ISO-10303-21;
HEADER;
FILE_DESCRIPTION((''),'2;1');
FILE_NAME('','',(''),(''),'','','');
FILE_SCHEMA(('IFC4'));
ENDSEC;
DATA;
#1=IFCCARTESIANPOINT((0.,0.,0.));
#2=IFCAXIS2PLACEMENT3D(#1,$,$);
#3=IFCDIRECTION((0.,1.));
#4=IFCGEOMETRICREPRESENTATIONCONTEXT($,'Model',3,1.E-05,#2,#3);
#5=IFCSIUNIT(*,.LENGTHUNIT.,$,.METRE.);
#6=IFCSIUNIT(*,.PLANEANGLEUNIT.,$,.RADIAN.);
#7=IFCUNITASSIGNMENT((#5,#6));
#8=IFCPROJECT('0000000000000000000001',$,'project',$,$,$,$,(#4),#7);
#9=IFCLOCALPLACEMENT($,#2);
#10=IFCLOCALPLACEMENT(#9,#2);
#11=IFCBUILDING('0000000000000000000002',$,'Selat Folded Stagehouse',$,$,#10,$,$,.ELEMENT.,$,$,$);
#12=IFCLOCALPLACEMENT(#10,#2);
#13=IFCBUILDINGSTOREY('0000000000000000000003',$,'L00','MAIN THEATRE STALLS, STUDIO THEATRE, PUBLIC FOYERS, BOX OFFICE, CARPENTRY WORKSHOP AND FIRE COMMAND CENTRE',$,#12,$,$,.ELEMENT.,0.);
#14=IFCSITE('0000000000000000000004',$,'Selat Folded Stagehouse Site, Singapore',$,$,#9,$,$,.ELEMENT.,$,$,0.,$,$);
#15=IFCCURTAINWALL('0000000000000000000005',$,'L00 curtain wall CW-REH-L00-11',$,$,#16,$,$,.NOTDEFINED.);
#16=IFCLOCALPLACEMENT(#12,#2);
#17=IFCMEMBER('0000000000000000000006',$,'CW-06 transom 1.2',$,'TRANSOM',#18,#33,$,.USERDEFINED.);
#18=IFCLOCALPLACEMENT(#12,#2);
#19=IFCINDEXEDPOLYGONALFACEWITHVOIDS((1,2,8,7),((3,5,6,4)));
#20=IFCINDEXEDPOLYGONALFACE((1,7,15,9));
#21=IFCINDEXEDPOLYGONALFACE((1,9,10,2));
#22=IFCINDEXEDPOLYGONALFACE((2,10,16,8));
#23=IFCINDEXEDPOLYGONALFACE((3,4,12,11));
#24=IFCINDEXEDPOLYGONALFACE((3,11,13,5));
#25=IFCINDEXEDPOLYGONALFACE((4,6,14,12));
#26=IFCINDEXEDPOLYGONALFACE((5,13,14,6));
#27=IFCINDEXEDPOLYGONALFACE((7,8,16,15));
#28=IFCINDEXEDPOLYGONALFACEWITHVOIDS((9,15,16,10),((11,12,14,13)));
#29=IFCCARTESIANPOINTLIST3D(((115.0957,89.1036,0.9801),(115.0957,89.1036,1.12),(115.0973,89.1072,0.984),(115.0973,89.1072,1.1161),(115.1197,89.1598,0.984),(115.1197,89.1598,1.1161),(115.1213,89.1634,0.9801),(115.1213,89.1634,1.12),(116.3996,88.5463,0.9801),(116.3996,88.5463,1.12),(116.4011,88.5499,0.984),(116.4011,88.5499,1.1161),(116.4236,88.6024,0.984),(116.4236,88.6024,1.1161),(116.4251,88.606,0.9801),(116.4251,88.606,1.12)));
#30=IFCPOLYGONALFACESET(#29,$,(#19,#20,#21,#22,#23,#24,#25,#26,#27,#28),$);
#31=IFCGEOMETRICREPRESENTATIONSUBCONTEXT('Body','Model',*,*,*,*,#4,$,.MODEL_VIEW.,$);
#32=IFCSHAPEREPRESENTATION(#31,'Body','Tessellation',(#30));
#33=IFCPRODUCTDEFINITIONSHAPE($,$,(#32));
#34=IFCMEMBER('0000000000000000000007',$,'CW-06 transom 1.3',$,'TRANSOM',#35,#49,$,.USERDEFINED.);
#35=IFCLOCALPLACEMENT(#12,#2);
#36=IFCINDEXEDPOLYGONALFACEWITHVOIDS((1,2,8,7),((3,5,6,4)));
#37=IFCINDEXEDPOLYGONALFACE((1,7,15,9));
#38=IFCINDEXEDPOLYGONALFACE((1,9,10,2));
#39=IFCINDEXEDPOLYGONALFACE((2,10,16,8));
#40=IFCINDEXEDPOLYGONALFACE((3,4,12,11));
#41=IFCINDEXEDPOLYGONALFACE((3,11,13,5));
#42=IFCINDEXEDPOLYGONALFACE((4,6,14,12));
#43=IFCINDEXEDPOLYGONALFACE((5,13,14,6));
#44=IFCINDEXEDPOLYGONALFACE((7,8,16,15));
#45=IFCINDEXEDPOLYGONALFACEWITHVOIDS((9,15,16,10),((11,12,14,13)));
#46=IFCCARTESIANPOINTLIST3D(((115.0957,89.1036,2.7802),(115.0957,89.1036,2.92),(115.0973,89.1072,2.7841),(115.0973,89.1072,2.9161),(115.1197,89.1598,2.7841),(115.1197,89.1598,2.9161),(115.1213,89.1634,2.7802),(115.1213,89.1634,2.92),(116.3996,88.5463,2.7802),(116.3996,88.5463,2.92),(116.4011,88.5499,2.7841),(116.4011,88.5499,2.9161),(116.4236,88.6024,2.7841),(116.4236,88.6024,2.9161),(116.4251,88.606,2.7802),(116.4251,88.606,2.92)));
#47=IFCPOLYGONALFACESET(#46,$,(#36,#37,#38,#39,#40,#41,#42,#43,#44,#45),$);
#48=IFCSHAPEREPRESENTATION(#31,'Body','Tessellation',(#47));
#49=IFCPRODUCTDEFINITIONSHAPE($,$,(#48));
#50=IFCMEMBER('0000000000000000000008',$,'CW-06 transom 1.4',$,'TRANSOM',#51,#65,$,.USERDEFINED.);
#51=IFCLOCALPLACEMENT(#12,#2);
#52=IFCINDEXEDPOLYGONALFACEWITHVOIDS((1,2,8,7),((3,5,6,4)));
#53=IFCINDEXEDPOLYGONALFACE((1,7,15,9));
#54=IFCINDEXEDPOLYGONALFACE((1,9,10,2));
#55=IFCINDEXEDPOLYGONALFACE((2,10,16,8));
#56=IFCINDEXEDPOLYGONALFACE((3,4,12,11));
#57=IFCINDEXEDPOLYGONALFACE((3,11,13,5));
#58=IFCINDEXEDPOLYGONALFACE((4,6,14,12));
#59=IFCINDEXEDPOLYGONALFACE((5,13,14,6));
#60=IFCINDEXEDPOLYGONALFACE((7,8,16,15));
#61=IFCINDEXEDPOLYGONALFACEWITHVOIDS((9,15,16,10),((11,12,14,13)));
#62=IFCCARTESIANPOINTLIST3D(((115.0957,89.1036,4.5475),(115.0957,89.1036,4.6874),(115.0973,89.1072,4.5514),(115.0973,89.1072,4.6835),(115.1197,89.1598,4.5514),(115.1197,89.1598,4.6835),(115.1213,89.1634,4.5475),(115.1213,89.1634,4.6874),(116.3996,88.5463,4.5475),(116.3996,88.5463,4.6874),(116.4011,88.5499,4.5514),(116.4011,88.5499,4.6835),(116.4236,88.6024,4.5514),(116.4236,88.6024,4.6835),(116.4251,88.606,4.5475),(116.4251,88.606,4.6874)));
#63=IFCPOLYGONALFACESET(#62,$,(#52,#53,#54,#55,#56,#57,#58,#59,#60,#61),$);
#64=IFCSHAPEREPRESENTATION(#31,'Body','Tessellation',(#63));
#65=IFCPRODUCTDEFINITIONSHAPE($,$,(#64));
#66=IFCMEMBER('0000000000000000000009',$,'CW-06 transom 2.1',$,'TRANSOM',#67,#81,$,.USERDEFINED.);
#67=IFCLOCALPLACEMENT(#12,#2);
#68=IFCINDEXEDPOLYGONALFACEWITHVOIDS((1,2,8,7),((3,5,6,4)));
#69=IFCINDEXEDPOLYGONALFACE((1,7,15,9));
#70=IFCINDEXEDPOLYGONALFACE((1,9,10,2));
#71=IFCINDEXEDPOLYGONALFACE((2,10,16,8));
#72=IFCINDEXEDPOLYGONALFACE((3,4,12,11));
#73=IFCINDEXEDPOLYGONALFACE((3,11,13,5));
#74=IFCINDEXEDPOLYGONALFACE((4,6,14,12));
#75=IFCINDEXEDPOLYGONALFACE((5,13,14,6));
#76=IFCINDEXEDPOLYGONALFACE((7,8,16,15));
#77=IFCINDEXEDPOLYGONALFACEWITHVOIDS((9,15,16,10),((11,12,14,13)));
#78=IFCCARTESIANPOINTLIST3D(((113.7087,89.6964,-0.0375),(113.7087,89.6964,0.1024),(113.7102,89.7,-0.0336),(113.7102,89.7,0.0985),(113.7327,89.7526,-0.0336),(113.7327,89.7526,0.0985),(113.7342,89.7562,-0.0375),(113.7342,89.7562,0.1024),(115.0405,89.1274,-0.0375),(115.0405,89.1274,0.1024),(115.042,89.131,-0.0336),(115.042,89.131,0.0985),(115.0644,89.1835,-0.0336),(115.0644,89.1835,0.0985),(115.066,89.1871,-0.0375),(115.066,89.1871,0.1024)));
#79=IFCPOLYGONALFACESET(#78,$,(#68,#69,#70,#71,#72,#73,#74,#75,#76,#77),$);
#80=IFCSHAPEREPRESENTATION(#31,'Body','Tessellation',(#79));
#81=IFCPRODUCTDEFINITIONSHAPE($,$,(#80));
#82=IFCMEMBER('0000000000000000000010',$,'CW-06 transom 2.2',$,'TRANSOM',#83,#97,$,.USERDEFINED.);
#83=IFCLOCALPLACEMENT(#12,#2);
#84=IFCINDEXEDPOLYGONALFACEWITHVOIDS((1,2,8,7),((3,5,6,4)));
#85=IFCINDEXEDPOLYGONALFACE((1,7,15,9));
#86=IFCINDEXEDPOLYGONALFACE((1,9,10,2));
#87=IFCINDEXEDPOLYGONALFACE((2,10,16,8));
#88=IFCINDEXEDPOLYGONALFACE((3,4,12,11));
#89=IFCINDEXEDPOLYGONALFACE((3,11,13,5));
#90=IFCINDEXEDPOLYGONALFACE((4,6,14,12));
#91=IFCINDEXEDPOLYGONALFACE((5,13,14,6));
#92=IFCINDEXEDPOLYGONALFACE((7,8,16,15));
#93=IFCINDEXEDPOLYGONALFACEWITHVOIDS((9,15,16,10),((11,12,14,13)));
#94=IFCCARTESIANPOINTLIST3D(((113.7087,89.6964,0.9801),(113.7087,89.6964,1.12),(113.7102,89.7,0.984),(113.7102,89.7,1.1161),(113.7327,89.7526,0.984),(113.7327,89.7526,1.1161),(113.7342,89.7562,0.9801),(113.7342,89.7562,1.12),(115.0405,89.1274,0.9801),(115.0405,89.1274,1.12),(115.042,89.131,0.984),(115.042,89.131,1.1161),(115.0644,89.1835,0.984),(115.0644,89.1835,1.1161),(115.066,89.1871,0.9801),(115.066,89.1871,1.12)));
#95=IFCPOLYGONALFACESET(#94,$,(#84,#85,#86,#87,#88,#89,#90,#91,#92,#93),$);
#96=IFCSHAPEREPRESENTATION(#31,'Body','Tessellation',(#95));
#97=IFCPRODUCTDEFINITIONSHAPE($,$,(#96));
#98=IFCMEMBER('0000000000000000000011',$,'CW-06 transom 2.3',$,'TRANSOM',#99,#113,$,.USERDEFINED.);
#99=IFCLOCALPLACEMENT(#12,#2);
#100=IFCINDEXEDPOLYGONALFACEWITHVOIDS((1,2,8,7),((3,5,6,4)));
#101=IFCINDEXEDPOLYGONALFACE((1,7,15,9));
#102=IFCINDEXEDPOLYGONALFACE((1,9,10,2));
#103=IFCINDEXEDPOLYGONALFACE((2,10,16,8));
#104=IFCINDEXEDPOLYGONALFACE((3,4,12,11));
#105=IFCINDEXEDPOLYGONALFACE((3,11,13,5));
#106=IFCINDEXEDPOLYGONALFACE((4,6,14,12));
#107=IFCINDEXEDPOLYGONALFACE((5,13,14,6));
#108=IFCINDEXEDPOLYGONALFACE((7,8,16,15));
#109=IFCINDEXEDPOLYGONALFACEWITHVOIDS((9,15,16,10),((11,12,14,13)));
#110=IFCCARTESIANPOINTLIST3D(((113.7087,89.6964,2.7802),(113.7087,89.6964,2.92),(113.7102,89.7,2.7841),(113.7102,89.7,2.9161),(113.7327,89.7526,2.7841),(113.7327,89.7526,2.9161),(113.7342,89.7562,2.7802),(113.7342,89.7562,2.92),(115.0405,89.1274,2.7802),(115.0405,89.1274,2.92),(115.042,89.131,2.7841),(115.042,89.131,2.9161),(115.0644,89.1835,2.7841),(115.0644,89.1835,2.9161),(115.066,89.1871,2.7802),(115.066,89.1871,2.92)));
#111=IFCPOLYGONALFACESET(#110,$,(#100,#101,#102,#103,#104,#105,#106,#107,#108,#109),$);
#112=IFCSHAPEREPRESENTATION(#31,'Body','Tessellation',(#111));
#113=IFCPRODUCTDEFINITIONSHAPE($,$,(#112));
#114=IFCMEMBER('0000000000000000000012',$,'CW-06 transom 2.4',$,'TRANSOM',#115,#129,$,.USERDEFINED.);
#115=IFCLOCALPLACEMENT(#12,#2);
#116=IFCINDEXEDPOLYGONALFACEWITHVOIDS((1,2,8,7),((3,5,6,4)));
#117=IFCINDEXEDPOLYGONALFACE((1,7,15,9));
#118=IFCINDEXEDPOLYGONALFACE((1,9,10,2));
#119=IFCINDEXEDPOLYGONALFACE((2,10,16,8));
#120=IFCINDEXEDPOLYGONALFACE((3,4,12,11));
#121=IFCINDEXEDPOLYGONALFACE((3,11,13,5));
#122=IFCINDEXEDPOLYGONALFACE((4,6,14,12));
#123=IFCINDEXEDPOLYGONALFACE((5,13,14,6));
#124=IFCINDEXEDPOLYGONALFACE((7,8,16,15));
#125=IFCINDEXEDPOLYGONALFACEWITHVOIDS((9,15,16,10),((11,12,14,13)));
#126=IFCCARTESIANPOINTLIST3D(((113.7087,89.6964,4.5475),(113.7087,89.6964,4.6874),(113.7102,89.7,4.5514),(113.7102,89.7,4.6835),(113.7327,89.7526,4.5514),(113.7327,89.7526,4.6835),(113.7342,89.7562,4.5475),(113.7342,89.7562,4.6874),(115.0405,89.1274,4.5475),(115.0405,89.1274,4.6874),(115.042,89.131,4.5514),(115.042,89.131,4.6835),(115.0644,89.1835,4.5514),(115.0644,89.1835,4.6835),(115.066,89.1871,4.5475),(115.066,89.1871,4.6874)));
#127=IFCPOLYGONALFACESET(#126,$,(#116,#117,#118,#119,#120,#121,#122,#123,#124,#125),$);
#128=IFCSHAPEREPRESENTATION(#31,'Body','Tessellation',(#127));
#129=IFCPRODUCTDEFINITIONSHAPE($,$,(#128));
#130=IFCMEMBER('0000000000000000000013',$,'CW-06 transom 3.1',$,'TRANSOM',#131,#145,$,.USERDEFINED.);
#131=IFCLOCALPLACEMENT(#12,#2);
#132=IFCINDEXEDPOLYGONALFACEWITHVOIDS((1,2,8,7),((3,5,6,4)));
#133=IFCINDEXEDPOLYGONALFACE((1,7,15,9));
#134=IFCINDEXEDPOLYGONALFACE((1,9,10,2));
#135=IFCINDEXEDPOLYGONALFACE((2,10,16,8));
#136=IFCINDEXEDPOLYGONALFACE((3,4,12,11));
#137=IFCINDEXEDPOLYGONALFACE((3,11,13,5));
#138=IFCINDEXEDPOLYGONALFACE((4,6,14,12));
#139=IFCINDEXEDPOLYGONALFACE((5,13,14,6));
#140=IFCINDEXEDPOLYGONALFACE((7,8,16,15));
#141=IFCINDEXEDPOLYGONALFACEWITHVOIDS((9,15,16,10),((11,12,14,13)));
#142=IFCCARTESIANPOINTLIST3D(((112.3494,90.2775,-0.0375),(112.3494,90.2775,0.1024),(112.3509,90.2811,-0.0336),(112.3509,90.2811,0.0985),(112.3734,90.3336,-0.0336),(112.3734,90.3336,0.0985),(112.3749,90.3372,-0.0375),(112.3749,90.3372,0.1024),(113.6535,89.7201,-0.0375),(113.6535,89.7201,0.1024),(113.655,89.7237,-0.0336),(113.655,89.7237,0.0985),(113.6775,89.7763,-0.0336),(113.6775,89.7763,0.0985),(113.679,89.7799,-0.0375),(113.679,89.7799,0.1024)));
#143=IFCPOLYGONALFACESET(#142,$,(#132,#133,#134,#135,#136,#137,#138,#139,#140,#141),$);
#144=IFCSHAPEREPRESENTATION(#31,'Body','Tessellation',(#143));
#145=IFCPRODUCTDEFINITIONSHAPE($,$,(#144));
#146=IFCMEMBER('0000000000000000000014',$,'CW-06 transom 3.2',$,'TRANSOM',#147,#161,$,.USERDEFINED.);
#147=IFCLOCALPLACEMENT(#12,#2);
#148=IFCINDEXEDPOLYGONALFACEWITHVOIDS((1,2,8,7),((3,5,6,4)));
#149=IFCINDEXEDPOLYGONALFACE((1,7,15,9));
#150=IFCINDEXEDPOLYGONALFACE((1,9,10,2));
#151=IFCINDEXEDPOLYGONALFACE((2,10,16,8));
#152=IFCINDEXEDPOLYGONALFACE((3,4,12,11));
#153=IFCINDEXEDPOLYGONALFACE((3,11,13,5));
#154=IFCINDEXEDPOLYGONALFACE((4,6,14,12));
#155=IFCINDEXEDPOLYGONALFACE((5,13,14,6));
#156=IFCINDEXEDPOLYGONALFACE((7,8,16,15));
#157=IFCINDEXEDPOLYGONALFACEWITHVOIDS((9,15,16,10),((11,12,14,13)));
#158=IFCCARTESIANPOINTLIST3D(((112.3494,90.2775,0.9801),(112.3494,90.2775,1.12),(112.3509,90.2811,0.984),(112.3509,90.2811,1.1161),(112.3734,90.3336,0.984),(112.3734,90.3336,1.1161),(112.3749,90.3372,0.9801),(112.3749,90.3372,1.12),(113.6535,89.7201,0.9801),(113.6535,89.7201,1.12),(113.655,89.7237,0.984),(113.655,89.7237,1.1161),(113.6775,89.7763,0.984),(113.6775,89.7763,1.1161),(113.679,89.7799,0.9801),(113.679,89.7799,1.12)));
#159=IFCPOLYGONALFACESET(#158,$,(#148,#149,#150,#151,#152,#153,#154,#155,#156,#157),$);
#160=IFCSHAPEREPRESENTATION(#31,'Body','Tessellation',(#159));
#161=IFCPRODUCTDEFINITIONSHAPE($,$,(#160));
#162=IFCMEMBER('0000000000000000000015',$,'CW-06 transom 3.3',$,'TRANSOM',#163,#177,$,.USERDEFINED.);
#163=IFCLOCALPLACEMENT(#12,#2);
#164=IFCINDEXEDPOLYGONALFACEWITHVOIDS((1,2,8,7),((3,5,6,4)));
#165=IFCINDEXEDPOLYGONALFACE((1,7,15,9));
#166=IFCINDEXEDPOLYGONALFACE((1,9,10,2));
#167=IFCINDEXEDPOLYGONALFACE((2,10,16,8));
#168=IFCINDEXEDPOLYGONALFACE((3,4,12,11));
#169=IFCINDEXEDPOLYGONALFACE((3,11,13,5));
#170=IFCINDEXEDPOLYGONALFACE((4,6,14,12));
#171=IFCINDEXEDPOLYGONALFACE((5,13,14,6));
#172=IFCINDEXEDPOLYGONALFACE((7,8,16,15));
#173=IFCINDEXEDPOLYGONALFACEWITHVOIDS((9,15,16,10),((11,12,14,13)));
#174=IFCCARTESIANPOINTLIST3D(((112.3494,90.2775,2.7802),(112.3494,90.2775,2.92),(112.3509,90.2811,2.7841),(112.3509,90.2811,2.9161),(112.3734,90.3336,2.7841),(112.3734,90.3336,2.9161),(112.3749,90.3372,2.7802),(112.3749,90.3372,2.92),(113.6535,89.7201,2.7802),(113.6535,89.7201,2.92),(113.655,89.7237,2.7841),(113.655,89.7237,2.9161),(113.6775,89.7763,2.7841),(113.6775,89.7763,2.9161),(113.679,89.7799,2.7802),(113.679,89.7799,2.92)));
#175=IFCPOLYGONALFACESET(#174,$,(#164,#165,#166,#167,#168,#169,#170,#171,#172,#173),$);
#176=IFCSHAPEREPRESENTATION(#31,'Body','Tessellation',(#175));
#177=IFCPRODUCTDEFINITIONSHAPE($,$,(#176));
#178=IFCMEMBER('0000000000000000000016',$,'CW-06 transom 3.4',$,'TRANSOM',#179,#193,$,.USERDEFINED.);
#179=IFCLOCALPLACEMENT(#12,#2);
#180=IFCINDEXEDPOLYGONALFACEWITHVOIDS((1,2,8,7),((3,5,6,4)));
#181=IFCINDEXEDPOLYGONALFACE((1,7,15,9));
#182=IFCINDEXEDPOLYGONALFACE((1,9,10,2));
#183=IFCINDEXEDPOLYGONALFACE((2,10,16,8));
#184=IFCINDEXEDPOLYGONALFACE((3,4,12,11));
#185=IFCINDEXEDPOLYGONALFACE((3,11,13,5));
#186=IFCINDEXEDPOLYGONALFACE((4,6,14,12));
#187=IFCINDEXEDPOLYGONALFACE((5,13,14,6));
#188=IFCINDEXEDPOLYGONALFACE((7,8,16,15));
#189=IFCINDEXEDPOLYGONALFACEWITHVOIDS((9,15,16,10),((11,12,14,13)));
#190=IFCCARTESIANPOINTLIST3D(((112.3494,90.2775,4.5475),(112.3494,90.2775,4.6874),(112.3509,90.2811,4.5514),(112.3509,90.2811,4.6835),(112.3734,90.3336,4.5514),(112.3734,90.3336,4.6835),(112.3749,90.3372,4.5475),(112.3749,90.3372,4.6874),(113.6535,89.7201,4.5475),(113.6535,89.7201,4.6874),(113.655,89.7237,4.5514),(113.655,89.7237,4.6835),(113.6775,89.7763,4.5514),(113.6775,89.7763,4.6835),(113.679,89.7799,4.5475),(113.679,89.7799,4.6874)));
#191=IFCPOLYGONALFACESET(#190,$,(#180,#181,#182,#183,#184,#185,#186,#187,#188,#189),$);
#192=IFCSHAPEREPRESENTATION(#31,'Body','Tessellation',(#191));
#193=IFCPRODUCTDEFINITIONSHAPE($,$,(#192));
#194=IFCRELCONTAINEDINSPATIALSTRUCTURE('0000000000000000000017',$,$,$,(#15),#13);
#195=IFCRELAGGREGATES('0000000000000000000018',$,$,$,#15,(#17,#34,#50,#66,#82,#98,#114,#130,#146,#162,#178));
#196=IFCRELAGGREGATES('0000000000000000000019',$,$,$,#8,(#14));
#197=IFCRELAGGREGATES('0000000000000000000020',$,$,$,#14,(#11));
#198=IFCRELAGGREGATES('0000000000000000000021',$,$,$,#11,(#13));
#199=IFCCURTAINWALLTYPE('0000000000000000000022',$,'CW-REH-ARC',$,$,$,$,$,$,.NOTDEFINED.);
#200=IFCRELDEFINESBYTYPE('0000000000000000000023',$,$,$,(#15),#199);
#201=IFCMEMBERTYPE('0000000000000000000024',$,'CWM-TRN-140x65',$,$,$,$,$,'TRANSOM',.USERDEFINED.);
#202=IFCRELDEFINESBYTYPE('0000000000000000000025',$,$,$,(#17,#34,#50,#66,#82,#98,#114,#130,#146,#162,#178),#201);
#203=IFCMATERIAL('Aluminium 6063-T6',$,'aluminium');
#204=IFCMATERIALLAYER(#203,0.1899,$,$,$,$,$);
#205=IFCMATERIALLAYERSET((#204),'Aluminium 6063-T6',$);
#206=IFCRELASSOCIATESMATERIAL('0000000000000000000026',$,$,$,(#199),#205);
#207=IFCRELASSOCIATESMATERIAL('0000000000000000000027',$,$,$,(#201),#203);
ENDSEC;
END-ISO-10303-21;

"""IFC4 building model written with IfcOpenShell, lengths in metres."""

from ifc_helpers import new_model, si_unit, direction, frame, origin, origin_2d, place, context, subcontext, project, spatial, hollow_rectangle, extrude, material, layer, layer_set, material_profile, profile_set, type_object, element, aggregate, save


model = new_model("IFC4")

# Units and contexts
model_context = context("Model", 3, precision=1e-05, world=origin(), true_north=direction((0.0, 1.0)))
body_context = subcontext(model_context, "Body", "Model", "MODEL_VIEW")
ifc_project = project(units=[si_unit("LENGTHUNIT", "METRE"), si_unit("PLANEANGLEUNIT", "RADIAN")], contexts=[model_context])

# Site, building, storey
site_placement = place(None, origin())
site = spatial("IfcSite", under=ifc_project, at=site_placement, Name="Selat Folded Stagehouse Site, Singapore", CompositionType="ELEMENT", RefElevation=0.0)
building_placement = place(site_placement, origin())
building = spatial("IfcBuilding", under=site, at=building_placement, Name="Selat Folded Stagehouse", CompositionType="ELEMENT")
storey_placement = place(building_placement, origin())
storey = spatial("IfcBuildingStorey", under=building, at=storey_placement, Name="L00", Description="MAIN THEATRE STALLS, STUDIO THEATRE, PUBLIC FOYERS, BOX OFFICE, CARPENTRY WORKSHOP AND FIRE COMMAND CENTRE", CompositionType="ELEMENT", Elevation=0.0)

# Shared definitions
ifc_material_1 = material(Name="Aluminium 6063-T6", Category="aluminium")
ifc_layer_1 = layer(ifc_material_1, 0.1899)
ifc_layer_set_1 = layer_set([ifc_layer_1], Name="Aluminium 6063-T6")
curtain_wall_type = type_object("IfcCurtainWallType", Name="CW-REH-ARC", PredefinedType="NOTDEFINED", material=ifc_layer_set_1)

# Curtain wall, members
curtain_wall_1_placement = place(storey_placement, origin())
curtain_wall_1 = element("IfcCurtainWall", 1, at=curtain_wall_1_placement, inside=storey, type_object=curtain_wall_type, Name="L00 curtain wall CW-REH-L00-11", PredefinedType="NOTDEFINED")
ifc_material_profile_1 = material_profile(ifc_material_1, hollow_rectangle(XDim=0.0649, YDim=0.1399, WallThickness=0.0039, at=origin_2d()), Name="ALU 140x65x4.0")
ifc_profile_set_1 = profile_set([ifc_material_profile_1], Name="Aluminium 6063-T6")
member_type_1 = type_object("IfcMemberType", Name="CWM-TRN-140x65", ElementType="TRANSOM", PredefinedType="USERDEFINED", material=ifc_profile_set_1)
member_1_placement = place(storey_placement, frame((116.4124, 88.5762, 1.05), z_axis=(-0.919519, 0.393046, 0.0), x_axis=(-0.393046, -0.919519, 0.0)))
member_1 = element("IfcMember", 2, at=member_1_placement, type_object=member_type_1, Name="CW-06 transom 1.2", ObjectType="TRANSOM", PredefinedType="USERDEFINED", context=body_context, shape_type="SweptSolid", body=[
    extrude(hollow_rectangle(XDim=0.0649, YDim=0.1399, WallThickness=0.0039, at=origin_2d()), origin(), (0.0, 0.0, 1.0), 1.418),
])
member_2_placement = place(storey_placement, frame((116.4124, 88.5762, 2.8501), z_axis=(-0.919519, 0.393046, 0.0), x_axis=(-0.393046, -0.919519, 0.0)))
member_2 = element("IfcMember", 3, at=member_2_placement, type_object=member_type_1, Name="CW-06 transom 1.3", ObjectType="TRANSOM", PredefinedType="USERDEFINED", context=body_context, shape_type="SweptSolid", body=[
    extrude(hollow_rectangle(XDim=0.0649, YDim=0.1399, WallThickness=0.0039, at=origin_2d()), origin(), (0.0, 0.0, 1.0), 1.418),
])
member_3_placement = place(storey_placement, frame((116.4124, 88.5762, 4.6174), z_axis=(-0.919519, 0.393046, 0.0), x_axis=(-0.393046, -0.919519, 0.0)))
member_3 = element("IfcMember", 4, at=member_3_placement, type_object=member_type_1, Name="CW-06 transom 1.4", ObjectType="TRANSOM", PredefinedType="USERDEFINED", context=body_context, shape_type="SweptSolid", body=[
    extrude(hollow_rectangle(XDim=0.0649, YDim=0.1399, WallThickness=0.0039, at=origin_2d()), origin(), (0.0, 0.0, 1.0), 1.418),
])
member_4_placement = place(storey_placement, frame((115.0532, 89.1572, 0.0325), z_axis=(-0.919563, 0.392943, 0.0), x_axis=(-0.392943, -0.919563, 0.0)))
member_4 = element("IfcMember", 5, at=member_4_placement, type_object=member_type_1, Name="CW-06 transom 2.1", ObjectType="TRANSOM", PredefinedType="USERDEFINED", context=body_context, shape_type="SweptSolid", body=[
    extrude(hollow_rectangle(XDim=0.0649, YDim=0.1399, WallThickness=0.0039, at=origin_2d()), origin(), (0.0, 0.0, 1.0), 1.4482),
])
member_5_placement = place(storey_placement, frame((115.0532, 89.1572, 1.05), z_axis=(-0.919563, 0.392943, 0.0), x_axis=(-0.392943, -0.919563, 0.0)))
member_5 = element("IfcMember", 6, at=member_5_placement, type_object=member_type_1, Name="CW-06 transom 2.2", ObjectType="TRANSOM", PredefinedType="USERDEFINED", context=body_context, shape_type="SweptSolid", body=[
    extrude(hollow_rectangle(XDim=0.0649, YDim=0.1399, WallThickness=0.0039, at=origin_2d()), origin(), (0.0, 0.0, 1.0), 1.4482),
])
member_6_placement = place(storey_placement, frame((115.0532, 89.1572, 2.8501), z_axis=(-0.919563, 0.392943, 0.0), x_axis=(-0.392943, -0.919563, 0.0)))
member_6 = element("IfcMember", 7, at=member_6_placement, type_object=member_type_1, Name="CW-06 transom 2.3", ObjectType="TRANSOM", PredefinedType="USERDEFINED", context=body_context, shape_type="SweptSolid", body=[
    extrude(hollow_rectangle(XDim=0.0649, YDim=0.1399, WallThickness=0.0039, at=origin_2d()), origin(), (0.0, 0.0, 1.0), 1.4482),
])
member_7_placement = place(storey_placement, frame((115.0532, 89.1572, 4.6174), z_axis=(-0.919563, 0.392943, 0.0), x_axis=(-0.392943, -0.919563, 0.0)))
member_7 = element("IfcMember", 8, at=member_7_placement, type_object=member_type_1, Name="CW-06 transom 2.4", ObjectType="TRANSOM", PredefinedType="USERDEFINED", context=body_context, shape_type="SweptSolid", body=[
    extrude(hollow_rectangle(XDim=0.0649, YDim=0.1399, WallThickness=0.0039, at=origin_2d()), origin(), (0.0, 0.0, 1.0), 1.4482),
])
member_8_placement = place(storey_placement, frame((113.6663, 89.75, 0.0325), z_axis=(-0.919545, 0.392984, 0.0), x_axis=(-0.392984, -0.919545, 0.0)))
member_8 = element("IfcMember", 9, at=member_8_placement, type_object=member_type_1, Name="CW-06 transom 3.1", ObjectType="TRANSOM", PredefinedType="USERDEFINED", context=body_context, shape_type="SweptSolid", body=[
    extrude(hollow_rectangle(XDim=0.0649, YDim=0.1399, WallThickness=0.0039, at=origin_2d()), origin(), (0.0, 0.0, 1.0), 1.4182),
])
member_9_placement = place(storey_placement, frame((113.6663, 89.75, 1.05), z_axis=(-0.919545, 0.392984, 0.0), x_axis=(-0.392984, -0.919545, 0.0)))
member_9 = element("IfcMember", 10, at=member_9_placement, type_object=member_type_1, Name="CW-06 transom 3.2", ObjectType="TRANSOM", PredefinedType="USERDEFINED", context=body_context, shape_type="SweptSolid", body=[
    extrude(hollow_rectangle(XDim=0.0649, YDim=0.1399, WallThickness=0.0039, at=origin_2d()), origin(), (0.0, 0.0, 1.0), 1.4182),
])
member_10_placement = place(storey_placement, frame((113.6663, 89.75, 2.8501), z_axis=(-0.919545, 0.392984, 0.0), x_axis=(-0.392984, -0.919545, 0.0)))
member_10 = element("IfcMember", 11, at=member_10_placement, type_object=member_type_1, Name="CW-06 transom 3.3", ObjectType="TRANSOM", PredefinedType="USERDEFINED", context=body_context, shape_type="SweptSolid", body=[
    extrude(hollow_rectangle(XDim=0.0649, YDim=0.1399, WallThickness=0.0039, at=origin_2d()), origin(), (0.0, 0.0, 1.0), 1.4182),
])
member_11_placement = place(storey_placement, frame((113.6663, 89.75, 4.6174), z_axis=(-0.919545, 0.392984, 0.0), x_axis=(-0.392984, -0.919545, 0.0)))
member_11 = element("IfcMember", 12, at=member_11_placement, type_object=member_type_1, Name="CW-06 transom 3.4", ObjectType="TRANSOM", PredefinedType="USERDEFINED", context=body_context, shape_type="SweptSolid", body=[
    extrude(hollow_rectangle(XDim=0.0649, YDim=0.1399, WallThickness=0.0039, at=origin_2d()), origin(), (0.0, 0.0, 1.0), 1.4182),
])

aggregate(curtain_wall_1, [member_1, member_2, member_3, member_4, member_5, member_6, member_7, member_8, member_9, member_10, member_11])

save(model, "model.ifc")
